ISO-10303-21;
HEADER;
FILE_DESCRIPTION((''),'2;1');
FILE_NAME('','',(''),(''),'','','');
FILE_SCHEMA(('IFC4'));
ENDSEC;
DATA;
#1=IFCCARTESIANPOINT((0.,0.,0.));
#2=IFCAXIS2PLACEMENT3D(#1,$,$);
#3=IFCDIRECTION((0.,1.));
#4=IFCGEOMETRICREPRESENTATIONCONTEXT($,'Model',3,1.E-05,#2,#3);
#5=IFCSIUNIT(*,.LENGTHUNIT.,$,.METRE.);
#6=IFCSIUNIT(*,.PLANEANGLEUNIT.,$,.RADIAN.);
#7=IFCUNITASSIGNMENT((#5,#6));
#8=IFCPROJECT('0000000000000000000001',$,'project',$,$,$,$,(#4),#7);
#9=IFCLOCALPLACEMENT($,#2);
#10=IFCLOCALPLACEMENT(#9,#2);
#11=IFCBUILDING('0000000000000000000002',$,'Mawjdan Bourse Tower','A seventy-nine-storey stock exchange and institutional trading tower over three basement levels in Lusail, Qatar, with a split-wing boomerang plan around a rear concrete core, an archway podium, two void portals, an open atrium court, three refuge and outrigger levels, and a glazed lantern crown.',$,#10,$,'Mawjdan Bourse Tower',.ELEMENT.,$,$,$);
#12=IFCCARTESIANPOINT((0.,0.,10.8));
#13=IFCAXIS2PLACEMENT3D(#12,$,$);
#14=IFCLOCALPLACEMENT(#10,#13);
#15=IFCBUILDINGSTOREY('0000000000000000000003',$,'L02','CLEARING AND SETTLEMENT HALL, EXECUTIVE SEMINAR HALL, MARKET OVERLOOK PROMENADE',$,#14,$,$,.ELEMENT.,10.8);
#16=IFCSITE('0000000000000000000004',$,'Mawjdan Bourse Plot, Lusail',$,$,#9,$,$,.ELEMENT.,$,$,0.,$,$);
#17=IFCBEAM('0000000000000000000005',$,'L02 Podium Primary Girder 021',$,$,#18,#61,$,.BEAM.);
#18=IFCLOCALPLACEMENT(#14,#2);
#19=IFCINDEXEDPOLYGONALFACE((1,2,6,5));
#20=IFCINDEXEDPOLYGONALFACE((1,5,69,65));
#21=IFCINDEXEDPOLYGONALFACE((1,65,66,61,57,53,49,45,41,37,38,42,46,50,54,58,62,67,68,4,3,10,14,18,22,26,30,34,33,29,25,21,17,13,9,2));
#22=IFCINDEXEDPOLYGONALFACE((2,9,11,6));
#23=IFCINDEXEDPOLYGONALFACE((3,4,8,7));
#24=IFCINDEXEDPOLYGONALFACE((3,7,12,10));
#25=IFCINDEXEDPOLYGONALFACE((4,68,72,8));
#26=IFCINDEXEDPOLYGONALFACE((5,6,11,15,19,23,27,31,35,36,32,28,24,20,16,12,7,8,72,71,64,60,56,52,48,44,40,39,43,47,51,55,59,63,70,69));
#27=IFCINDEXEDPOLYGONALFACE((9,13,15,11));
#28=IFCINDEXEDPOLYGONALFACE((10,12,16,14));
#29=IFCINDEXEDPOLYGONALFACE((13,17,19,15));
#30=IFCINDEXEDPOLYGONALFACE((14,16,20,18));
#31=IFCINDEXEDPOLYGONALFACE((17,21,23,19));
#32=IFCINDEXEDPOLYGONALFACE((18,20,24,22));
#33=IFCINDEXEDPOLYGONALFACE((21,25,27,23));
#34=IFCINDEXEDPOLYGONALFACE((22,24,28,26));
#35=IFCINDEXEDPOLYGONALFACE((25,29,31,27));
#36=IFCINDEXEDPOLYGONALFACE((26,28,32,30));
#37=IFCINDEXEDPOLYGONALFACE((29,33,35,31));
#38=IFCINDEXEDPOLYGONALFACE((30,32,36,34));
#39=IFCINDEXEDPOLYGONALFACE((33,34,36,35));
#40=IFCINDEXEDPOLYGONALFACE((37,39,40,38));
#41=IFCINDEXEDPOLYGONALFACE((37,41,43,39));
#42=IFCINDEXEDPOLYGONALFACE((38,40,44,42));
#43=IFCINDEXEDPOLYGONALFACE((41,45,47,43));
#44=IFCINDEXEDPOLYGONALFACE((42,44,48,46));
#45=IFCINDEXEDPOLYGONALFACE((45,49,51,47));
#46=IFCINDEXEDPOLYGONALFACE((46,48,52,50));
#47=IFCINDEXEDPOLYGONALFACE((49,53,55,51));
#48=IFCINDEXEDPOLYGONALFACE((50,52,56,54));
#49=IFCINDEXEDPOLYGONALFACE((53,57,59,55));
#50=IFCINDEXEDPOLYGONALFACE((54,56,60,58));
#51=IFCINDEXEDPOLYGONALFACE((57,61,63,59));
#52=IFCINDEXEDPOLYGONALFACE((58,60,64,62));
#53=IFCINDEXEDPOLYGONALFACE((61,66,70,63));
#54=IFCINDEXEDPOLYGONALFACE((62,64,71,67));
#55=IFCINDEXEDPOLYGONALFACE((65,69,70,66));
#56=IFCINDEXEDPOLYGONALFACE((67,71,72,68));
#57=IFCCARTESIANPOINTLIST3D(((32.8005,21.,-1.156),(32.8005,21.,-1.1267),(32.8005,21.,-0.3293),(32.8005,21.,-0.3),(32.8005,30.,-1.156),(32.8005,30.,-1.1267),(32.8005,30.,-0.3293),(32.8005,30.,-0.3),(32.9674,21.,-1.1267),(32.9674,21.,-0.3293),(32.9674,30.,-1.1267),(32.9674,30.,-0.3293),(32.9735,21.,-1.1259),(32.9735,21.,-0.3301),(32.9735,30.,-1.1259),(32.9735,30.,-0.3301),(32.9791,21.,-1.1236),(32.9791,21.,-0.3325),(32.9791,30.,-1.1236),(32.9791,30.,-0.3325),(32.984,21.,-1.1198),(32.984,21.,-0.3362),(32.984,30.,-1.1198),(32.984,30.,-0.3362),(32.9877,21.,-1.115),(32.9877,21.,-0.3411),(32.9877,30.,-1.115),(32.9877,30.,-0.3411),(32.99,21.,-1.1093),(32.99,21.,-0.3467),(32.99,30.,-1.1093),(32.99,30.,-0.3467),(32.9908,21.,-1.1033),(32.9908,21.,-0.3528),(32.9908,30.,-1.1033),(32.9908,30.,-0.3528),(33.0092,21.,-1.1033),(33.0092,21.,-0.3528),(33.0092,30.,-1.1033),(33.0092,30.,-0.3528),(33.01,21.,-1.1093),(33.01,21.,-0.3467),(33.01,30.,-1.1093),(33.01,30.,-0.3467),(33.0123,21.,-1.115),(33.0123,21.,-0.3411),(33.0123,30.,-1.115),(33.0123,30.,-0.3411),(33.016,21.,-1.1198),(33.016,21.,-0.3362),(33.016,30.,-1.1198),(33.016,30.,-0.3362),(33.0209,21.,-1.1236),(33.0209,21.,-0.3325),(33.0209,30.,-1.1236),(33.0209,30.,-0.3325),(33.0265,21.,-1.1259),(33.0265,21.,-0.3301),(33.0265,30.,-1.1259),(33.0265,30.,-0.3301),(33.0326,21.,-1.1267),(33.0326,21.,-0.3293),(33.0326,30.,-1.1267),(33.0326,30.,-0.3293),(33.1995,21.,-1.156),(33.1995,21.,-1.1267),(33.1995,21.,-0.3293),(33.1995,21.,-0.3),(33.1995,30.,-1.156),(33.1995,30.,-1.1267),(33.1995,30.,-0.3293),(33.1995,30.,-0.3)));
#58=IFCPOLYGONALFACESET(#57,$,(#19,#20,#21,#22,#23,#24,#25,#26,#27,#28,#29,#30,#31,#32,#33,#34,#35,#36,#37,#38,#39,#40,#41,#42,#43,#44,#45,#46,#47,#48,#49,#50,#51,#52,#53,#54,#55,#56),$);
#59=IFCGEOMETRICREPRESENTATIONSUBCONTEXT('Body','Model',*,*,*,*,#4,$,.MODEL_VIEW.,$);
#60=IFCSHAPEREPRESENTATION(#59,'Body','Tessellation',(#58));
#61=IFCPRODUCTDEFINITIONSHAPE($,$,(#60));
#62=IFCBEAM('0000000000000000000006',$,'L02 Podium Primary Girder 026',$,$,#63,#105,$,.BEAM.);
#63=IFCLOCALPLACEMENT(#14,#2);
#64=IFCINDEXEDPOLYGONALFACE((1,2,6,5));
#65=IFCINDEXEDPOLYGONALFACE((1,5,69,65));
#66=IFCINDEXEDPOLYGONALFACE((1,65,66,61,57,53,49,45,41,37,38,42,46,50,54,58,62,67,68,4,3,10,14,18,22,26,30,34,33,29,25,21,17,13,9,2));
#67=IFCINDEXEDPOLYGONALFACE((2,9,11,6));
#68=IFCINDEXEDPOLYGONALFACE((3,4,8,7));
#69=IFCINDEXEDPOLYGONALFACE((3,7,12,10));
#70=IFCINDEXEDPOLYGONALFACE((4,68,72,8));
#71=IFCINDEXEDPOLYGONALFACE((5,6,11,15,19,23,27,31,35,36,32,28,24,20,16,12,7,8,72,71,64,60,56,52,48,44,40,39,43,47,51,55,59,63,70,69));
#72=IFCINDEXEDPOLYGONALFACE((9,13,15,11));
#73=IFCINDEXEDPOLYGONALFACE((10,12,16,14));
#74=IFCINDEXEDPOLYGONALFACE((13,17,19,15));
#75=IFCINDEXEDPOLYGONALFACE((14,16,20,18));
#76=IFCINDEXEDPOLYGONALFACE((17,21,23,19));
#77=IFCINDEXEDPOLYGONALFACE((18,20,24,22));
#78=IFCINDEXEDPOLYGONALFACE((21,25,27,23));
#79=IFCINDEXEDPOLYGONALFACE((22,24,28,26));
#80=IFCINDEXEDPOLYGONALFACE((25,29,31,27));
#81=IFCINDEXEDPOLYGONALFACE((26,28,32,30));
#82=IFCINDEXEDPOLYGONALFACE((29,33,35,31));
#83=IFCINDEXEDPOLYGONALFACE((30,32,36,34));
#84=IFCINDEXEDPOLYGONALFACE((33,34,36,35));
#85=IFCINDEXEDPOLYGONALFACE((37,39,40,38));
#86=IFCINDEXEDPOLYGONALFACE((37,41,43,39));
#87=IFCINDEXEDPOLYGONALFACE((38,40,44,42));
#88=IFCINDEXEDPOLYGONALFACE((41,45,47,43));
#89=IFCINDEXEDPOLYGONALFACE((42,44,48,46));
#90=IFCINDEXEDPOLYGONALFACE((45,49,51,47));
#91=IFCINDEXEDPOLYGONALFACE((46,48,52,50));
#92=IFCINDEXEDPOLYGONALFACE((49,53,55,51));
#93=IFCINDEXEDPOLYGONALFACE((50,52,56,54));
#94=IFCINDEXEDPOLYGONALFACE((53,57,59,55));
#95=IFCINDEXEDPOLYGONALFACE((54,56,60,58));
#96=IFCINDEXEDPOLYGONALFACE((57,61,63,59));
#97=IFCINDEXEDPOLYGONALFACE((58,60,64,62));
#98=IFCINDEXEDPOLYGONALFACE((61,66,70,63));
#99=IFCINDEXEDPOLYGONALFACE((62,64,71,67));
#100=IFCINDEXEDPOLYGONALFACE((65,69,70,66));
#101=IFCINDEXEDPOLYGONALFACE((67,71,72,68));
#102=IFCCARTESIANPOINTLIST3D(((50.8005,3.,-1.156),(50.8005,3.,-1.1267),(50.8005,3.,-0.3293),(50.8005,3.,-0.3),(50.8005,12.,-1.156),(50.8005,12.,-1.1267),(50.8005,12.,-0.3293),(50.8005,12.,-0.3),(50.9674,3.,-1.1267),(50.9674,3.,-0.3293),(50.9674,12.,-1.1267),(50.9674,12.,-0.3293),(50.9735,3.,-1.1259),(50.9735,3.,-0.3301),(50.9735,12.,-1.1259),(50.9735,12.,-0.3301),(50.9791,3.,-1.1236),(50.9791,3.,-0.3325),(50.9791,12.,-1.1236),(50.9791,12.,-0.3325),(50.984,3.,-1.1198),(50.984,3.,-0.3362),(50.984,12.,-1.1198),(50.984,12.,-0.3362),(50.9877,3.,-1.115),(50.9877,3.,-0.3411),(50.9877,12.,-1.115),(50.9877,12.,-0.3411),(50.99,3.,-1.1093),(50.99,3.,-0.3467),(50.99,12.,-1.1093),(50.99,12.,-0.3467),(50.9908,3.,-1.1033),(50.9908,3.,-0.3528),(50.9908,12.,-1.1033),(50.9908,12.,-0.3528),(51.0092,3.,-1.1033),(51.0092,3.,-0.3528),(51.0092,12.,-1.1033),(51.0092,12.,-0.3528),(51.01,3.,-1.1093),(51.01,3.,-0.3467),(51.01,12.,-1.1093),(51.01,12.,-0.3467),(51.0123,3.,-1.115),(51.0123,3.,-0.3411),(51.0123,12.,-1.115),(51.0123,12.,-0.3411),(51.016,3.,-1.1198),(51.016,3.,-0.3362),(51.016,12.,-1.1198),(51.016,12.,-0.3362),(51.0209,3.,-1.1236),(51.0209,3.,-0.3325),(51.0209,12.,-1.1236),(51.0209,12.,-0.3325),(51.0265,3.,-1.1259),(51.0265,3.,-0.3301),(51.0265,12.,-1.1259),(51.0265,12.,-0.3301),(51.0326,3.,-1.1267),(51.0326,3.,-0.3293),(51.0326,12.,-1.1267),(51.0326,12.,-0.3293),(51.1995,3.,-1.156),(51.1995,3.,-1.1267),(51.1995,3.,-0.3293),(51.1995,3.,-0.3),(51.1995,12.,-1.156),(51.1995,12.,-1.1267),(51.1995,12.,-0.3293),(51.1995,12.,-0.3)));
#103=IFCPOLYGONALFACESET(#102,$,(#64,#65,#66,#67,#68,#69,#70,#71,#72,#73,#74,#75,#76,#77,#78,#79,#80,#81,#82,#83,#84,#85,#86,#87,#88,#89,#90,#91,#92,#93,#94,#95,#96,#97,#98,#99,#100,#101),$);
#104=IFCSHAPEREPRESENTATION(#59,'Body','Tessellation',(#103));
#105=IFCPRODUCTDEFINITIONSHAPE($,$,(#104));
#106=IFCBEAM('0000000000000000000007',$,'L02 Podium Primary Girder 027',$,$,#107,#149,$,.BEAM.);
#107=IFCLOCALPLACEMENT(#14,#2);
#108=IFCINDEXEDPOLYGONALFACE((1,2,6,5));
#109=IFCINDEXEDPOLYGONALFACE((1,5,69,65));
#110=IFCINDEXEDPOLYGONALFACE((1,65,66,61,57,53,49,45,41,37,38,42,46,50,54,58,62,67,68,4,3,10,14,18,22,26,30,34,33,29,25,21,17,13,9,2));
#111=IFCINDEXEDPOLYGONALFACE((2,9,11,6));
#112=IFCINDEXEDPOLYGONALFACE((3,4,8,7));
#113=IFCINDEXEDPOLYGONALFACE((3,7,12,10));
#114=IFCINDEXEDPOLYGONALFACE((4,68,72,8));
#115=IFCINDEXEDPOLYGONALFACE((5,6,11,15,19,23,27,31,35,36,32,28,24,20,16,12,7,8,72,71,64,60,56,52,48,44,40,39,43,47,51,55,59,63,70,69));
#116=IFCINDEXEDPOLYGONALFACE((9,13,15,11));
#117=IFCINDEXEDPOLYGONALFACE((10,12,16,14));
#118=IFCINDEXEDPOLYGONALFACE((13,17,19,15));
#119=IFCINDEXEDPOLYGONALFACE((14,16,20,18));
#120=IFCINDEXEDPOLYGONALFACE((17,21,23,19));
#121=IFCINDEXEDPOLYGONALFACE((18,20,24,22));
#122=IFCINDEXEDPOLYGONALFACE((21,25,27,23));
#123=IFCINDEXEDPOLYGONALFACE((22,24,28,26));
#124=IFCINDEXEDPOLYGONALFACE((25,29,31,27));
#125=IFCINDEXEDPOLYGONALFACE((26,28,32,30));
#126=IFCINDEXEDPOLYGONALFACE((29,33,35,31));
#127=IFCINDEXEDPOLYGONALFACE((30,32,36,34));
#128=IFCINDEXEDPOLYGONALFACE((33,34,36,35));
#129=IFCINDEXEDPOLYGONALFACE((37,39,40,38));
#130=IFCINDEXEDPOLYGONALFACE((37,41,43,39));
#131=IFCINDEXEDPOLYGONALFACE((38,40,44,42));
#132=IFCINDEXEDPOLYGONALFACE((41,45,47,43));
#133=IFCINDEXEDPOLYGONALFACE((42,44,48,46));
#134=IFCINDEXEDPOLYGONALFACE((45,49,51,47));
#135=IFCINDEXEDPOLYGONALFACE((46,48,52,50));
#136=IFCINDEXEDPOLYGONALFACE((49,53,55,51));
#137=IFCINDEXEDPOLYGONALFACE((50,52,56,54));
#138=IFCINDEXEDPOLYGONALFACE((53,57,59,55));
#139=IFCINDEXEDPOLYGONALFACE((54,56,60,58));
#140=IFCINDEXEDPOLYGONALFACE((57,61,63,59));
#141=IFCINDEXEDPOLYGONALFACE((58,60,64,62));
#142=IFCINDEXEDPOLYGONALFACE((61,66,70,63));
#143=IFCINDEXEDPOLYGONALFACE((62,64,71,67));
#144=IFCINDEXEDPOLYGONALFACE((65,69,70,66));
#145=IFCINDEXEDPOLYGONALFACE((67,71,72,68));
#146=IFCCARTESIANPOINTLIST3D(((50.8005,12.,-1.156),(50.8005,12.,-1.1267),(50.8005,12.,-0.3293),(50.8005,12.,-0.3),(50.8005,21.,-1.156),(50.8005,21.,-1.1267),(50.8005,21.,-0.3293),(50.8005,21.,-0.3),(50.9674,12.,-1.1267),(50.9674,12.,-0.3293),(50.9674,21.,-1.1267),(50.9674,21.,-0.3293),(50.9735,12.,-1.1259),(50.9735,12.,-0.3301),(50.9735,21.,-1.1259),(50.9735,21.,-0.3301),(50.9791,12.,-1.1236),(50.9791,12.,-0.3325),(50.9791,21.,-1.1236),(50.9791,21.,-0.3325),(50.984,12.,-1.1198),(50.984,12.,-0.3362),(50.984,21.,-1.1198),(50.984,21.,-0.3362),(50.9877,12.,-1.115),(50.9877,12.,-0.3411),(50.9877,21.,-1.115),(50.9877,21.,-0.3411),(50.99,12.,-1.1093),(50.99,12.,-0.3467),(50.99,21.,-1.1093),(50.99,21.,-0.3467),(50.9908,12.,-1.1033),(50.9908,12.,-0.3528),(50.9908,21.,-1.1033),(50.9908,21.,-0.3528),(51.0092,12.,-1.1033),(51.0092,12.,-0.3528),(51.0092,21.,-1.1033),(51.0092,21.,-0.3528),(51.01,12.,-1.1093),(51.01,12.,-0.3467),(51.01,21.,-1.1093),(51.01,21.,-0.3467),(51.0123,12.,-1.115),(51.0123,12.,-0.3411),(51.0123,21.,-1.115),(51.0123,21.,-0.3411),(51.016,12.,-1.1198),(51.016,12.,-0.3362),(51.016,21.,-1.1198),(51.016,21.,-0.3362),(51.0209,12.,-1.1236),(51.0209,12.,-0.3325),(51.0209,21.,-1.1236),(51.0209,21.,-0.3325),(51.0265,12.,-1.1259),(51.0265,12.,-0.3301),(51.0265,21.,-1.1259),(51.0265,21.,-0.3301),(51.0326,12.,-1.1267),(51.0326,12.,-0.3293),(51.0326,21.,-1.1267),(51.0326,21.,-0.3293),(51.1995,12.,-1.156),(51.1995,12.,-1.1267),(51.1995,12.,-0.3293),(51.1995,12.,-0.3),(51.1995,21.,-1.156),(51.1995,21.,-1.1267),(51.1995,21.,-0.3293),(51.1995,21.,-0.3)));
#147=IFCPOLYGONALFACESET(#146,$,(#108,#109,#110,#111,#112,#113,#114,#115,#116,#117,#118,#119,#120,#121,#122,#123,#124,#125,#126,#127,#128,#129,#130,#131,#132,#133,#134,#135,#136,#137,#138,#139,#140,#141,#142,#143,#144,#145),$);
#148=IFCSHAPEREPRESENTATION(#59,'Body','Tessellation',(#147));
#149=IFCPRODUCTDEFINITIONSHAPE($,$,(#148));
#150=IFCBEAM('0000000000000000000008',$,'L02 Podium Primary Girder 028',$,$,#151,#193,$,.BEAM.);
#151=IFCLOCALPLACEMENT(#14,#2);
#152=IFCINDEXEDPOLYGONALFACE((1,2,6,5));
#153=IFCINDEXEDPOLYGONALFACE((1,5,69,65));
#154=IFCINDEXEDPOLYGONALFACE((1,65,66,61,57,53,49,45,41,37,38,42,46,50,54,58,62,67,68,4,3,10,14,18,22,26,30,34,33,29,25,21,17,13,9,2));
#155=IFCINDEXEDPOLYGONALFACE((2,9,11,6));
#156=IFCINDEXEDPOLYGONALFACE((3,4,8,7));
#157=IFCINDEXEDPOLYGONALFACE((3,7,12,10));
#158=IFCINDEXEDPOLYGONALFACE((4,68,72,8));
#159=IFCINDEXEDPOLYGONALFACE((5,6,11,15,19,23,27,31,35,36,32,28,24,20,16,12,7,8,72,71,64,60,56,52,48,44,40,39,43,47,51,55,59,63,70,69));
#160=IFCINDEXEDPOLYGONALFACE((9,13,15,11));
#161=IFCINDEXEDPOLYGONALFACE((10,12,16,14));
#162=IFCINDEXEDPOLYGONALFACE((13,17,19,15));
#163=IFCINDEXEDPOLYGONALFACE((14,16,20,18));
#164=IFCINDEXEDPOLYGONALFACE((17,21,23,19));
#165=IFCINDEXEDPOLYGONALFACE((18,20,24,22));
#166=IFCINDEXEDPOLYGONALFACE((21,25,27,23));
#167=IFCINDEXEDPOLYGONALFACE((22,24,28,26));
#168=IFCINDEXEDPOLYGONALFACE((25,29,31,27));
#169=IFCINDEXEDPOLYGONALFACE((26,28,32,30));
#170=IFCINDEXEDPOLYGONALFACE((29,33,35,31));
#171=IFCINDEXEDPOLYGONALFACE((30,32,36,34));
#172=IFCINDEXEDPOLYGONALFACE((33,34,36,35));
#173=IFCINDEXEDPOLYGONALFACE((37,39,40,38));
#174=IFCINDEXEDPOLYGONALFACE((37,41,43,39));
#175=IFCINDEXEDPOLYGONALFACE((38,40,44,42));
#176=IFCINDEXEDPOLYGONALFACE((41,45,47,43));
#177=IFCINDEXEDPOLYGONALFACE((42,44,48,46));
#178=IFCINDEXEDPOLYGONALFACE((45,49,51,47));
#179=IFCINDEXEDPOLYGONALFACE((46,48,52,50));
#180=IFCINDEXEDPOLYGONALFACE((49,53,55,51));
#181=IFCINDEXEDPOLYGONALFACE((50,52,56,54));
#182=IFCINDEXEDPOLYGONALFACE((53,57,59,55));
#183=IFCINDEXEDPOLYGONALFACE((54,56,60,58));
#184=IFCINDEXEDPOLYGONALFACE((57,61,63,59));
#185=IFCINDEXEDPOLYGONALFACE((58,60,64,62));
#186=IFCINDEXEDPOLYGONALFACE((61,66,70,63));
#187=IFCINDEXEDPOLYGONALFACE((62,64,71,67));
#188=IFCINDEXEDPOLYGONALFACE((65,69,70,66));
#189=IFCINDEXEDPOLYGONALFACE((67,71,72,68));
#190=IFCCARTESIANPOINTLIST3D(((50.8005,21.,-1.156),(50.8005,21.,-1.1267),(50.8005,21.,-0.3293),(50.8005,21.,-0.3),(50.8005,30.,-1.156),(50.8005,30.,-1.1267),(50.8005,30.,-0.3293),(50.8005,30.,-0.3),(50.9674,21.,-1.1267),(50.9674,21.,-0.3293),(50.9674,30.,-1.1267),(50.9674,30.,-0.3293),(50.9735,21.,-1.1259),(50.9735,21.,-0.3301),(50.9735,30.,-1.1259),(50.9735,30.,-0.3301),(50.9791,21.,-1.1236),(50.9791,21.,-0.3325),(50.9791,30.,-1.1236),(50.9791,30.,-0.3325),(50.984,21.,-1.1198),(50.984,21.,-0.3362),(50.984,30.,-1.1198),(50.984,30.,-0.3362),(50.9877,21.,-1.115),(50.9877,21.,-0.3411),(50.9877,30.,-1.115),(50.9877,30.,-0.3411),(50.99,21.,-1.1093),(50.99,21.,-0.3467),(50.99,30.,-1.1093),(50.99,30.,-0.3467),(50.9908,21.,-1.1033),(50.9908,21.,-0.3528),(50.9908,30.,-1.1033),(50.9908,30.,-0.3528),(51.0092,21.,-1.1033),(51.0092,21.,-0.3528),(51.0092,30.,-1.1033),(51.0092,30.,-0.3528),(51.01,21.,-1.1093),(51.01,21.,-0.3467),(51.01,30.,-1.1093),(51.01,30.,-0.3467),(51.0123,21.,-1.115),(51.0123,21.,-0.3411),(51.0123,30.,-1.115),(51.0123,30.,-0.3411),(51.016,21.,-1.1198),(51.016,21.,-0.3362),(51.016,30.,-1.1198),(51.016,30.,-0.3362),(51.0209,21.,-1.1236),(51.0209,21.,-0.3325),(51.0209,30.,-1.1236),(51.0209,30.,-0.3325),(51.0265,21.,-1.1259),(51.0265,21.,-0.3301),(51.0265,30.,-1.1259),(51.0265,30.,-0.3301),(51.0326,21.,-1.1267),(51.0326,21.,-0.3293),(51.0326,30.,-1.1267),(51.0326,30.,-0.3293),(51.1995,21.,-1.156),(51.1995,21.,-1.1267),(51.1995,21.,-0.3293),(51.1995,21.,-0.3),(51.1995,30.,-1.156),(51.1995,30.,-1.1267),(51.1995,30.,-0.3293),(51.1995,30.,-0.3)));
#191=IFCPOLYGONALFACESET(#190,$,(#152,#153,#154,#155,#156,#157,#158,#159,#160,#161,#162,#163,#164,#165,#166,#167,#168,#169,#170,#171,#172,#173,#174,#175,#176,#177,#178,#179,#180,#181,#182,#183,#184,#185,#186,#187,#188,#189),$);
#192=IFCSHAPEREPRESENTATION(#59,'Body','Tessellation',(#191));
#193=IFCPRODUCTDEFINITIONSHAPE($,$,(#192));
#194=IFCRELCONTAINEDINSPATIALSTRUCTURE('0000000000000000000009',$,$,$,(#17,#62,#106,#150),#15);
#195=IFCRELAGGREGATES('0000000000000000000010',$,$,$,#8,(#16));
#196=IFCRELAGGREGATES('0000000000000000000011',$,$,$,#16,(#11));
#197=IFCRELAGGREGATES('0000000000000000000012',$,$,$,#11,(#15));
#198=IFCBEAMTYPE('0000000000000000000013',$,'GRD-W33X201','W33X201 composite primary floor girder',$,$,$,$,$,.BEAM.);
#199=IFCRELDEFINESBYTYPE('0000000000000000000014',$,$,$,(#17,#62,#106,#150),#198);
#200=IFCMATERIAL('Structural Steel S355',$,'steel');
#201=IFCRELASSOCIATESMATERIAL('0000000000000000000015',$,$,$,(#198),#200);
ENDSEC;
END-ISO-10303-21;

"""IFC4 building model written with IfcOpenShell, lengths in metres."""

from ifc_helpers import new_model, si_unit, direction, frame, origin, origin_2d, place, context, subcontext, project, spatial, i_section, extrude, material, material_profile, profile_set, type_object, element, save


model = new_model("IFC4")

# Units and contexts
model_context = context("Model", 3, precision=1e-05, world=origin(), true_north=direction((0.0, 1.0)))
body_context = subcontext(model_context, "Body", "Model", "MODEL_VIEW")
ifc_project = project(units=[si_unit("LENGTHUNIT", "METRE"), si_unit("PLANEANGLEUNIT", "RADIAN")], contexts=[model_context])

# Site, building, storey
site_placement = place(None, origin())
site = spatial("IfcSite", under=ifc_project, at=site_placement, Name="Mawjdan Bourse Plot, Lusail", CompositionType="ELEMENT", RefElevation=0.0)
building_placement = place(site_placement, origin())
building = spatial("IfcBuilding", under=site, at=building_placement, Name="Mawjdan Bourse Tower", Description="A seventy-nine-storey stock exchange and institutional trading tower over three basement levels in Lusail, Qatar, with a split-wing boomerang plan around a rear concrete core, an archway podium, two void portals, an open atrium court, three refuge and outrigger levels, and a glazed lantern crown.", LongName="Mawjdan Bourse Tower", CompositionType="ELEMENT")
storey_placement = place(building_placement, frame((0.0, 0.0, 10.8)))
storey = spatial("IfcBuildingStorey", under=building, at=storey_placement, Name="L02", Description="CLEARING AND SETTLEMENT HALL, EXECUTIVE SEMINAR HALL, MARKET OVERLOOK PROMENADE", CompositionType="ELEMENT", Elevation=10.8)

# Beams
ifc_material_1 = material(Name="Structural Steel S355", Category="steel")
ifc_material_profile_1 = material_profile(ifc_material_1, i_section(OverallWidth=0.3989, OverallDepth=0.856, WebThickness=0.0183, FlangeThickness=0.0293, FilletRadius=0.0234, at=origin_2d()), Name="W33X201")
ifc_profile_set_1 = profile_set([ifc_material_profile_1], Name="Structural Steel S355")
beam_type_1 = type_object("IfcBeamType", Name="GRD-W33X201", Description="W33X201 composite primary floor girder", PredefinedType="BEAM", material=ifc_profile_set_1)
for number, where, z_axis, x_axis, name in (
    (1, (33.0, 21.0, -0.728), (0.0, 1.0, 0.0), (-1.0, 0.0, 0.0), "L02 Podium Primary Girder 021"),
    (2, (51.0, 3.0, -0.728), (0.0, 1.0, 0.0), (-1.0, 0.0, 0.0), "L02 Podium Primary Girder 026"),
    (3, (51.0, 12.0, -0.728), (0.0, 1.0, 0.0), (-1.0, 0.0, 0.0), "L02 Podium Primary Girder 027"),
    (4, (51.0, 21.0, -0.728), (0.0, 1.0, 0.0), (-1.0, 0.0, 0.0), "L02 Podium Primary Girder 028"),
):
    element("IfcBeam", number, at=place(storey_placement, frame(where, z_axis=z_axis, x_axis=x_axis)), inside=storey, type_object=beam_type_1, Name=name, PredefinedType="BEAM", context=body_context, shape_type="SweptSolid", body=[
        extrude(i_section(OverallWidth=0.3989, OverallDepth=0.856, WebThickness=0.0183, FlangeThickness=0.0293, FilletRadius=0.0234, at=origin_2d()), origin(), (0.0, 0.0, 1.0), 9.0),
    ])

save(model, "model.ifc")
